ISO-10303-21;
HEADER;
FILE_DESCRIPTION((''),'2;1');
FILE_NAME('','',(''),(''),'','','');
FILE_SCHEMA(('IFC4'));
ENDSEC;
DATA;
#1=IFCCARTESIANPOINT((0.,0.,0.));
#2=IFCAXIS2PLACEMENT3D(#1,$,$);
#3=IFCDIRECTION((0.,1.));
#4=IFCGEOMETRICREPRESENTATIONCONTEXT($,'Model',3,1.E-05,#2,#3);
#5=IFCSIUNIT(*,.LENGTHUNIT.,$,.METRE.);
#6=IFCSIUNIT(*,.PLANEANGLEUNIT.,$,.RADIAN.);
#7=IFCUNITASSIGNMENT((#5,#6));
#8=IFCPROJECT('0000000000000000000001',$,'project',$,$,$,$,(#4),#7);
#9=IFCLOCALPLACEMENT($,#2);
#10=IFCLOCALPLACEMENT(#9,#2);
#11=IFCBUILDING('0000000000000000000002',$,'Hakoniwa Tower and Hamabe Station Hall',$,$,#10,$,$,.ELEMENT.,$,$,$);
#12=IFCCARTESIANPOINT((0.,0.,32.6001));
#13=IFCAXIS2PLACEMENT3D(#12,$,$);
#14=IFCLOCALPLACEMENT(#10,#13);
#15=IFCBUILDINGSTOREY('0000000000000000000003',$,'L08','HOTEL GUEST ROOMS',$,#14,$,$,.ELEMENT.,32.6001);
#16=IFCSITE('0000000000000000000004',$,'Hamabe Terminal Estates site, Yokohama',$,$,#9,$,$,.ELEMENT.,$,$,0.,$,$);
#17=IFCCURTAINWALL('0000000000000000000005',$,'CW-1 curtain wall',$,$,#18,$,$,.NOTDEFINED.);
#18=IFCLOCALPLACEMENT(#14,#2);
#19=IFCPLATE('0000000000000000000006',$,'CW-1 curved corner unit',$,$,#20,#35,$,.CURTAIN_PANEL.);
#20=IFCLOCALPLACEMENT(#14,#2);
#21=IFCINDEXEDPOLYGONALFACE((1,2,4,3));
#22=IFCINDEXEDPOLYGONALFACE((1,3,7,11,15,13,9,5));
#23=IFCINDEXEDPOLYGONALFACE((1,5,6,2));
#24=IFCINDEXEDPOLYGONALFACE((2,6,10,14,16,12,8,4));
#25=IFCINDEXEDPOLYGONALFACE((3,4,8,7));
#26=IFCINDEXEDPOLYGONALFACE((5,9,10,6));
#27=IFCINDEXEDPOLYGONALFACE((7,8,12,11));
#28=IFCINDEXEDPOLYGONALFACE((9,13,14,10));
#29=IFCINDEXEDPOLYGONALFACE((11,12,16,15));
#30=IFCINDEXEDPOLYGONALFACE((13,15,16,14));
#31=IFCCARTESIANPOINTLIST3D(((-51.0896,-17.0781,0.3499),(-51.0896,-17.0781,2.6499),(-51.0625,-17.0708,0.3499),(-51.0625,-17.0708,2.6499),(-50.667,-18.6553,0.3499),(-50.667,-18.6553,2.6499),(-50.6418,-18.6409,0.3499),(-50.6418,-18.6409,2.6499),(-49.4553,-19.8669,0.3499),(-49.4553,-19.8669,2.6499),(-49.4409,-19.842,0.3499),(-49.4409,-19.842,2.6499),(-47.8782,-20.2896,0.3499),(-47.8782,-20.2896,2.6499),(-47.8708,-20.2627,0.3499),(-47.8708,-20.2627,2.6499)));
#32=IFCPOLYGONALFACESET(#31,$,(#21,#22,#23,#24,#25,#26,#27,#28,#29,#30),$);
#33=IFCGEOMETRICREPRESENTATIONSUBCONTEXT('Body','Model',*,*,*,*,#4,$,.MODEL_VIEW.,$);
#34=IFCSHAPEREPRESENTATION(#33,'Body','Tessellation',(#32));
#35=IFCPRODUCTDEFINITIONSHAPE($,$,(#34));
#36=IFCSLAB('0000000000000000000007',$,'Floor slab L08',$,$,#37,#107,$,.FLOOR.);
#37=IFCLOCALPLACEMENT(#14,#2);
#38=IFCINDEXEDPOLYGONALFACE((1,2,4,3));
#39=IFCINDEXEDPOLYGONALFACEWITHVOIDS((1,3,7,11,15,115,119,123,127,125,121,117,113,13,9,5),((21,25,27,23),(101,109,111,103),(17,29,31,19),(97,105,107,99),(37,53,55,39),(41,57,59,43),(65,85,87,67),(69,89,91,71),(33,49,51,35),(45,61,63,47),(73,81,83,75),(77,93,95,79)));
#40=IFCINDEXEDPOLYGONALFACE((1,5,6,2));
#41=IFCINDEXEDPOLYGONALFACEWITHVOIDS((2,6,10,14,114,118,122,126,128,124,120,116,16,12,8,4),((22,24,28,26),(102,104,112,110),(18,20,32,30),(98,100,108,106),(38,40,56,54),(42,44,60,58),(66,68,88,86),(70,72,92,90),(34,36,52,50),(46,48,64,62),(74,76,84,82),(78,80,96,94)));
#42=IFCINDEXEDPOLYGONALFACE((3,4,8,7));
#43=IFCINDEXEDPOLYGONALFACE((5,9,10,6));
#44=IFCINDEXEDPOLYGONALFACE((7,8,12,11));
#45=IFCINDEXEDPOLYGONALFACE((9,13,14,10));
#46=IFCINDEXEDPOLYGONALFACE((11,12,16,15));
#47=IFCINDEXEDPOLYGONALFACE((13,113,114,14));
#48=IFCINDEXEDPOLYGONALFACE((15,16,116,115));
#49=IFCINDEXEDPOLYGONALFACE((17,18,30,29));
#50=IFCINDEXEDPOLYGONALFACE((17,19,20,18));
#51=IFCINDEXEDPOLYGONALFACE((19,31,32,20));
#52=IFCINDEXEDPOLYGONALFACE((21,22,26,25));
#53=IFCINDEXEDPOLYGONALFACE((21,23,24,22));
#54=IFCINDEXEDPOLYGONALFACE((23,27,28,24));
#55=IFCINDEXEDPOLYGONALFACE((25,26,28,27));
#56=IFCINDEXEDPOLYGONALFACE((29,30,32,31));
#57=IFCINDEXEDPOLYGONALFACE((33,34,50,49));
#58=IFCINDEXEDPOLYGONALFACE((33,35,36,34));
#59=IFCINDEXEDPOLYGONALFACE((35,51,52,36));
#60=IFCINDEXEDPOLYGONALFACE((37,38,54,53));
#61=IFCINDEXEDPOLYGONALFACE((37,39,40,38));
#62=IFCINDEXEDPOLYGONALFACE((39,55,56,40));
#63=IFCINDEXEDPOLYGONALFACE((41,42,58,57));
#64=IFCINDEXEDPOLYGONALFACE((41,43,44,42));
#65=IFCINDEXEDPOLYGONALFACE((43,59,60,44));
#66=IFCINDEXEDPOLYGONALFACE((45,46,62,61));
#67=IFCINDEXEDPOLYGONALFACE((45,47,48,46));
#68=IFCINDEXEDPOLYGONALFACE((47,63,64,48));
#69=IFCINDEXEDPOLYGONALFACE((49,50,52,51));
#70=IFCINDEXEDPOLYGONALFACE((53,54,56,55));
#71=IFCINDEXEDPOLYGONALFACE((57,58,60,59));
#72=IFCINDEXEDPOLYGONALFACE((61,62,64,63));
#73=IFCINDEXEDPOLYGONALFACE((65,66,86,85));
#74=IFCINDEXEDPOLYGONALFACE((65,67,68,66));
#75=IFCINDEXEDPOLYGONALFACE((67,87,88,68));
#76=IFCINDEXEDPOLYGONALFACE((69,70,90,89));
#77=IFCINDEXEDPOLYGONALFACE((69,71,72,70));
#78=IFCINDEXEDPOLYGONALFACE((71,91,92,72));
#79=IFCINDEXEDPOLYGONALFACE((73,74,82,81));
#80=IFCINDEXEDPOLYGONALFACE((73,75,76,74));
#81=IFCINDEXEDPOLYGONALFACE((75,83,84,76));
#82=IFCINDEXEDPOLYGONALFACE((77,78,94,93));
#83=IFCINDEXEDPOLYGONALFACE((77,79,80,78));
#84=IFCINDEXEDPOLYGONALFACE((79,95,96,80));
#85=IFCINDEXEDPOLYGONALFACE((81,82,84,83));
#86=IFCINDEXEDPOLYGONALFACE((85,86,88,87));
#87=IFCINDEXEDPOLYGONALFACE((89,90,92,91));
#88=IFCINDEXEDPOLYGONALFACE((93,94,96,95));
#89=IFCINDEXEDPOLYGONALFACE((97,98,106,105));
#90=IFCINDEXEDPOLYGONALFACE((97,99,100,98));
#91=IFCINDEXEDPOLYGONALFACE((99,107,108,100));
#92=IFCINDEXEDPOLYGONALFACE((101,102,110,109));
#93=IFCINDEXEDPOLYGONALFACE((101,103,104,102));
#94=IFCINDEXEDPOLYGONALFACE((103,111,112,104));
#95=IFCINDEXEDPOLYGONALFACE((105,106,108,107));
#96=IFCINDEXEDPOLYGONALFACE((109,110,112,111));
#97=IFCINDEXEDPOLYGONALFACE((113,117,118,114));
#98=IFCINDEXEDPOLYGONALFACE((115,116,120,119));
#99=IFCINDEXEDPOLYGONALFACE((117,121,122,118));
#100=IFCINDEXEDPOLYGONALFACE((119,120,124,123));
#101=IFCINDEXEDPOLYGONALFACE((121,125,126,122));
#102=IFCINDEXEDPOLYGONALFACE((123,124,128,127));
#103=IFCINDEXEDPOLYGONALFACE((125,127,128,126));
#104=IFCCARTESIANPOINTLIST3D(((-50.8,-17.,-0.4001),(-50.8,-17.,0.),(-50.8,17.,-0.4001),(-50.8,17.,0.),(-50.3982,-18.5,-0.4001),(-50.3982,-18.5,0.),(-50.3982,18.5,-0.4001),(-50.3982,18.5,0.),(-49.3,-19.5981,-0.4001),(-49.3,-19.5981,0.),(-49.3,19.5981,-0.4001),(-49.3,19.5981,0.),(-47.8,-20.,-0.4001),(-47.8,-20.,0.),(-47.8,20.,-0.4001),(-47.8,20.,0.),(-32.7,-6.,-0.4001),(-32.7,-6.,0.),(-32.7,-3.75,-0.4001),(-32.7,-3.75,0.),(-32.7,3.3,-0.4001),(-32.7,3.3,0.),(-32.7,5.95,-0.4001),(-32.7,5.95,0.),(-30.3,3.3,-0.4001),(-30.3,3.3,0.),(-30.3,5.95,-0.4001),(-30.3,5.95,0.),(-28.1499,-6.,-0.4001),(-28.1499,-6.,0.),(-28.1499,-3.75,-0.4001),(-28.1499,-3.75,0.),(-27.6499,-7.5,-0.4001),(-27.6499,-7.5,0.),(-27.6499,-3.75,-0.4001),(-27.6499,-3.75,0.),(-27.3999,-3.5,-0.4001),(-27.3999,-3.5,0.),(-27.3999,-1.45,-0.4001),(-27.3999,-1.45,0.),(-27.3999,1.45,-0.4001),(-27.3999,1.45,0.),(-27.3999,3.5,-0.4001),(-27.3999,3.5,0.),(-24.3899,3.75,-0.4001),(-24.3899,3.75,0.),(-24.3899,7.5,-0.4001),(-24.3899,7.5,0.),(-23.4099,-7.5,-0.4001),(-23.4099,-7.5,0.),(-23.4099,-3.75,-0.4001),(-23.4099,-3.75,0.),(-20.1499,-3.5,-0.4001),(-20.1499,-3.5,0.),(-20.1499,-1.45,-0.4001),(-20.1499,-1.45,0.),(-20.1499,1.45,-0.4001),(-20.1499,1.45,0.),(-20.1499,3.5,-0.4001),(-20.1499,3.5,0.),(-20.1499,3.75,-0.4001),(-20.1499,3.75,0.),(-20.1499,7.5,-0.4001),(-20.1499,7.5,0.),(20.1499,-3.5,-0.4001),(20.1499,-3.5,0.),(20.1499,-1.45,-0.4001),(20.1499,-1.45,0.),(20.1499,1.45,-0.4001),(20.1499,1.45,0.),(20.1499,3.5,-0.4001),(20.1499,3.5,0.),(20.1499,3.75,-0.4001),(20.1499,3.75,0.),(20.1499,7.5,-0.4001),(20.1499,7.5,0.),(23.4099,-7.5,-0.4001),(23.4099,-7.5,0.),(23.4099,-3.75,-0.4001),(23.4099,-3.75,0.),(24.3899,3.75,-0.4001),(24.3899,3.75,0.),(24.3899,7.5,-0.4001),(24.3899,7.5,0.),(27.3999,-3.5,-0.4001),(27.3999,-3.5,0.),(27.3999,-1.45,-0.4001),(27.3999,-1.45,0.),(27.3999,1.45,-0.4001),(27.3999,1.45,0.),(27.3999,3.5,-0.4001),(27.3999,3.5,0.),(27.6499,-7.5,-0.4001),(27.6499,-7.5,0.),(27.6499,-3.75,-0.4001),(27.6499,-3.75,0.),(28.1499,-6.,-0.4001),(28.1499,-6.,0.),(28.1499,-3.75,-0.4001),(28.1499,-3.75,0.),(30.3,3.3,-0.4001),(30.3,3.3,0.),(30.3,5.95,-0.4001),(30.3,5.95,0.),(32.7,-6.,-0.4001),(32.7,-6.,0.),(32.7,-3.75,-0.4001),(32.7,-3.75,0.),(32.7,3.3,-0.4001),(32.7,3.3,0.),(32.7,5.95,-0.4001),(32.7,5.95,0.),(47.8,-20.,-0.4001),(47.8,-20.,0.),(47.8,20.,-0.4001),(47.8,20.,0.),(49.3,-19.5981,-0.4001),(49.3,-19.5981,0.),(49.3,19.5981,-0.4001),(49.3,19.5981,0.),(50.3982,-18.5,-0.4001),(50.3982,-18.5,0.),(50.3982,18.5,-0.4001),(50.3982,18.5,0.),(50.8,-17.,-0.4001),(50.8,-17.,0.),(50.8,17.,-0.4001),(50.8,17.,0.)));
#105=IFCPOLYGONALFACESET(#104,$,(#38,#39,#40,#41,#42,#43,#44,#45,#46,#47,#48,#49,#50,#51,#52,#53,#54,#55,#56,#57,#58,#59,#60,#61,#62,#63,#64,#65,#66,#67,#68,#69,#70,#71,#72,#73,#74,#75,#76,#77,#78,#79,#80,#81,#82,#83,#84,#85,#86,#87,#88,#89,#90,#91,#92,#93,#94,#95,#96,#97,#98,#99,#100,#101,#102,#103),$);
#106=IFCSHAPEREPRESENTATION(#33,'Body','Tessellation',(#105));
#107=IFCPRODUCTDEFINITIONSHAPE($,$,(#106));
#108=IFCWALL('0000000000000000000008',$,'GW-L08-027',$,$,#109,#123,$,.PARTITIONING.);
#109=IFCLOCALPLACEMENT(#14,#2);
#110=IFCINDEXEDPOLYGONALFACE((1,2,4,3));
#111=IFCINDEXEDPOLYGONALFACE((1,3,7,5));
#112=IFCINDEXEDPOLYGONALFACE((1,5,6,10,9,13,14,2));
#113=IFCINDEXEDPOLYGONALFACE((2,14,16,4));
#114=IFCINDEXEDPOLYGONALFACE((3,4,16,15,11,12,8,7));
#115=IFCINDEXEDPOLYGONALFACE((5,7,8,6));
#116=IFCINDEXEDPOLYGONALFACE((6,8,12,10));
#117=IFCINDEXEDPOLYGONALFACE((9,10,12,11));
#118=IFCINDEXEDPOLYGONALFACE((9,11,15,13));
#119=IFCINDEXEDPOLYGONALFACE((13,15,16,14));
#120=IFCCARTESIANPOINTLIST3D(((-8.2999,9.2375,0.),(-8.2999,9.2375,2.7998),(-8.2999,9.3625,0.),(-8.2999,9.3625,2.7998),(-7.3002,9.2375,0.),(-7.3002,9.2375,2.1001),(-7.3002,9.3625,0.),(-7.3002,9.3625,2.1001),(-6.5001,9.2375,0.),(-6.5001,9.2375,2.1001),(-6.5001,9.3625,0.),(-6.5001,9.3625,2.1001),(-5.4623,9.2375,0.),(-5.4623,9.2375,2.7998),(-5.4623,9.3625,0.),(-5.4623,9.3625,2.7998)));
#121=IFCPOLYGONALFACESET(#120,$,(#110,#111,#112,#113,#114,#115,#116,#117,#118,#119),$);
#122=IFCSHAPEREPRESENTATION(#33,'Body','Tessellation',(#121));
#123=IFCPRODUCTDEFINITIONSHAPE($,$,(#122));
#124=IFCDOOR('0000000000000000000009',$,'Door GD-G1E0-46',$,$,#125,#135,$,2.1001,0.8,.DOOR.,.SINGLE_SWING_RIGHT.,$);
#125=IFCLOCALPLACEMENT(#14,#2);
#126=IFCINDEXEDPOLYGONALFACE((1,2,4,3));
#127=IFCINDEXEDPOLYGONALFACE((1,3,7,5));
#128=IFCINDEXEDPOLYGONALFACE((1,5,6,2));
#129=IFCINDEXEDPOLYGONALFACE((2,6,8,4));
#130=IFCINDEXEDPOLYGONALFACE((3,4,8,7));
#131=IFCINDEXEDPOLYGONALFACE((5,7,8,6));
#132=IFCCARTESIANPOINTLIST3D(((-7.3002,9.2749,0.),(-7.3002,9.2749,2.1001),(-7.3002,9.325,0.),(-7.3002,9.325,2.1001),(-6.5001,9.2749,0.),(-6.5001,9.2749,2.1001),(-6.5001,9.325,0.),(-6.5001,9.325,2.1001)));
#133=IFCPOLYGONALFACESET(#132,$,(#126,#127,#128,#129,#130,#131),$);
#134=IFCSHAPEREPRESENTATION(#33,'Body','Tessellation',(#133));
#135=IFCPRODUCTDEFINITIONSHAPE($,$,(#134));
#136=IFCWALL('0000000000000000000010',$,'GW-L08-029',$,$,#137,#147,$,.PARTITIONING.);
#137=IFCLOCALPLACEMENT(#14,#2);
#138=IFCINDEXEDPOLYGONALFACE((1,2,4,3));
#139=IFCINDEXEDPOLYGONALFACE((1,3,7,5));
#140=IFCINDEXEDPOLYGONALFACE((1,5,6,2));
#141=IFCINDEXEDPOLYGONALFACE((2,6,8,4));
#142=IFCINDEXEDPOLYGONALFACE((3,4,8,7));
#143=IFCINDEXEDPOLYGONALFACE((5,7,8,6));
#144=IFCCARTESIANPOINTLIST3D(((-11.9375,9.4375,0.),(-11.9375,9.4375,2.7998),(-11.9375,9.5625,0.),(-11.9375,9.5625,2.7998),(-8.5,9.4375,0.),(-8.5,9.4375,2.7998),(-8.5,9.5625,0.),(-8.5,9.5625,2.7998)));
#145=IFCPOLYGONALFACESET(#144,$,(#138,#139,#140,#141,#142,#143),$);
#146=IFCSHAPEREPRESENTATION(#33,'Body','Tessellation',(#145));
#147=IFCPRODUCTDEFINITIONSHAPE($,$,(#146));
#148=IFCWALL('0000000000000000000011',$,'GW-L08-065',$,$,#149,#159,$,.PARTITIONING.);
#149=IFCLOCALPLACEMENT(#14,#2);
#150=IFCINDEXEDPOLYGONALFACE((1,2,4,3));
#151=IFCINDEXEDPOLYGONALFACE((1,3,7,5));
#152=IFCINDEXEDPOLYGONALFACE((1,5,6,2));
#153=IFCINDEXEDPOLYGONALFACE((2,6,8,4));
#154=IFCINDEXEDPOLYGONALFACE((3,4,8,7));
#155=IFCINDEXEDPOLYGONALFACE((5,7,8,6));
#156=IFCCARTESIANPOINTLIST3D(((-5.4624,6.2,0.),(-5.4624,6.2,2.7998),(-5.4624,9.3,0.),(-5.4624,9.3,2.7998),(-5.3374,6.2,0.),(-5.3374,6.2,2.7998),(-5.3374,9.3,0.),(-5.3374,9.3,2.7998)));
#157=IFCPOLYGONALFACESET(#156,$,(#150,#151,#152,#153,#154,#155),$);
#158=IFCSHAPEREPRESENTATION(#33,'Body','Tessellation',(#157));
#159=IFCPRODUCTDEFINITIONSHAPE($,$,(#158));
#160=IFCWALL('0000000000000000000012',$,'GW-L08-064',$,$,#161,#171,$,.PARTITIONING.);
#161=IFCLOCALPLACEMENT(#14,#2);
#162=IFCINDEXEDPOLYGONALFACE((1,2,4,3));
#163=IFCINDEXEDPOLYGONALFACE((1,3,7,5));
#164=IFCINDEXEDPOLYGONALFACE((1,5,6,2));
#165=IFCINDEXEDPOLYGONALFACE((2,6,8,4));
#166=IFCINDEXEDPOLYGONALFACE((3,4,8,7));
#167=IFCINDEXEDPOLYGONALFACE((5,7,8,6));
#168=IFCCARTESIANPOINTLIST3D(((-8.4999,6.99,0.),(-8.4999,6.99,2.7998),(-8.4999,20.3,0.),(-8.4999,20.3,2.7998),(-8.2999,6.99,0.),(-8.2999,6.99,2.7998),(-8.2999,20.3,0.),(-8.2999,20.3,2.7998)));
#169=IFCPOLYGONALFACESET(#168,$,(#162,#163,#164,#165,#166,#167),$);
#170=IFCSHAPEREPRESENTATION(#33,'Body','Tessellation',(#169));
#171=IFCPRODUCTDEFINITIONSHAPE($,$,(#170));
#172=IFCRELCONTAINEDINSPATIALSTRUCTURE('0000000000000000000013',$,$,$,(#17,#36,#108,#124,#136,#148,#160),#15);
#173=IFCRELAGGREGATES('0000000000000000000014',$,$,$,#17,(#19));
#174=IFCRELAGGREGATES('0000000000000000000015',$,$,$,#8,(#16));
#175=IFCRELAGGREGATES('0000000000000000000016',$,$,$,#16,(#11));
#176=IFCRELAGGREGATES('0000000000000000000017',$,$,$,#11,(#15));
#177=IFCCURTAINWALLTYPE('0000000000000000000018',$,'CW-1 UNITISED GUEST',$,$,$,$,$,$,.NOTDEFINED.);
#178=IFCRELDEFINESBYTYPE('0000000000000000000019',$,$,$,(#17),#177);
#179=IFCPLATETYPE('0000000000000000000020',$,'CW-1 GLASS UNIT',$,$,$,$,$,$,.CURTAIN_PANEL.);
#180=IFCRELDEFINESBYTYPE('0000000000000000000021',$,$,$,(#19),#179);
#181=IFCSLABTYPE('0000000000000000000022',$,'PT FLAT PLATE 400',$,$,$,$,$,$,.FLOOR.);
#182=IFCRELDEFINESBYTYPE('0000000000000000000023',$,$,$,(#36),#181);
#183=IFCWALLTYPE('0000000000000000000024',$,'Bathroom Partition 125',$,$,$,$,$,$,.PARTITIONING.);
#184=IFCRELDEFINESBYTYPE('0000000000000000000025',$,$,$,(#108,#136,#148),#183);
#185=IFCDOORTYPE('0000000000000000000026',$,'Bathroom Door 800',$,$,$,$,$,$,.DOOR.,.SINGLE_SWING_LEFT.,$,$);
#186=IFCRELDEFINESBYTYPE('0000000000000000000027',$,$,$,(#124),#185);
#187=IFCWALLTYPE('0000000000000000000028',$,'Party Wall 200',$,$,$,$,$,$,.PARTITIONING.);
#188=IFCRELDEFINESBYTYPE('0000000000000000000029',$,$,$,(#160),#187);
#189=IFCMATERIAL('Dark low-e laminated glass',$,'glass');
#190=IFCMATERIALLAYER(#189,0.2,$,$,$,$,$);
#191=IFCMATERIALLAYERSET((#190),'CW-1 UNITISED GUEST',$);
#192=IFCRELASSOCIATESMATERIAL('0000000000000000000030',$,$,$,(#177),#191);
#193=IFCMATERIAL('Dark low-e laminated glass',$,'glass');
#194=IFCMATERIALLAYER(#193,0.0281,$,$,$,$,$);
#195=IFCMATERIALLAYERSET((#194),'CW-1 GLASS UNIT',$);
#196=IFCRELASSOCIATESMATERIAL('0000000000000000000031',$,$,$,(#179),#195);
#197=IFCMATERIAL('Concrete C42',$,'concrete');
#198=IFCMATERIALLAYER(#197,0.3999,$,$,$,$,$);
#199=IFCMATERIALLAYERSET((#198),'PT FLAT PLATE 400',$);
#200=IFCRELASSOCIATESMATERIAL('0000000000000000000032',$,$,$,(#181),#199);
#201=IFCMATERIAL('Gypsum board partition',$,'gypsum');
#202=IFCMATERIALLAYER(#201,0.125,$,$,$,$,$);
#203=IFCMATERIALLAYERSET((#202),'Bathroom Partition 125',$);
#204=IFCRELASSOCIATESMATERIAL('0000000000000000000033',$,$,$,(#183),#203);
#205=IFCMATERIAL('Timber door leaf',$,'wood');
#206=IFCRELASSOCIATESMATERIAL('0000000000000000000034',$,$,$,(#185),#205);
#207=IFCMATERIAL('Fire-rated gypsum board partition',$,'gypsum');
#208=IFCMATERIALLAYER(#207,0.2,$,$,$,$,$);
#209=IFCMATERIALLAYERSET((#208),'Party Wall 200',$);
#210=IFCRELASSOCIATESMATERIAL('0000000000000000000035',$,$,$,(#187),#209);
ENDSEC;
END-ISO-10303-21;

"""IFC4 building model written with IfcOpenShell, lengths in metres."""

from ifc_helpers import new_model, si_unit, direction, frame, frame_2d, origin, place, context, subcontext, project, spatial, polyline, rectangle, outline, extrude, material, layer, layer_set, type_object, element, fill, aggregate, save


model = new_model("IFC4")

# Units and contexts
model_context = context("Model", 3, precision=1e-05, world=origin(), true_north=direction((0.0, 1.0)))
body_context = subcontext(model_context, "Body", "Model", "MODEL_VIEW")
ifc_project = project(units=[si_unit("LENGTHUNIT", "METRE"), si_unit("PLANEANGLEUNIT", "RADIAN")], contexts=[model_context])

# Site, building, storey
site_placement = place(None, origin())
site = spatial("IfcSite", under=ifc_project, at=site_placement, Name="Hamabe Terminal Estates site, Yokohama", CompositionType="ELEMENT", RefElevation=0.0)
building_placement = place(site_placement, origin())
building = spatial("IfcBuilding", under=site, at=building_placement, Name="Hakoniwa Tower and Hamabe Station Hall", CompositionType="ELEMENT")
storey_placement = place(building_placement, frame((0.0, 0.0, 32.6001)))
storey = spatial("IfcBuildingStorey", under=building, at=storey_placement, Name="L08", Description="HOTEL GUEST ROOMS", CompositionType="ELEMENT", Elevation=32.6001)

# Curtain wall
ifc_material_1 = material(Name="Dark low-e laminated glass", Category="glass")
ifc_layer_1 = layer(ifc_material_1, 0.2)
ifc_layer_set_1 = layer_set([ifc_layer_1], Name="CW-1 UNITISED GUEST")
curtain_wall_type = type_object("IfcCurtainWallType", Name="CW-1 UNITISED GUEST", PredefinedType="NOTDEFINED", material=ifc_layer_set_1)
curtain_wall_1_placement = place(storey_placement, origin())
curtain_wall_1 = element("IfcCurtainWall", 1, at=curtain_wall_1_placement, inside=storey, type_object=curtain_wall_type, Name="CW-1 curtain wall", PredefinedType="NOTDEFINED")

# Plate
ifc_material_2 = material(Name="Dark low-e laminated glass", Category="glass")
ifc_layer_2 = layer(ifc_material_2, 0.0281)
ifc_layer_set_2 = layer_set([ifc_layer_2], Name="CW-1 GLASS UNIT")
plate_type = type_object("IfcPlateType", Name="CW-1 GLASS UNIT", PredefinedType="CURTAIN_PANEL", material=ifc_layer_set_2)
plate_1_placement = place(storey_placement, frame((0.0, 0.0, 0.3499)))
plate_1 = element("IfcPlate", 2, at=plate_1_placement, type_object=plate_type, Name="CW-1 curved corner unit", PredefinedType="CURTAIN_PANEL", context=body_context, shape_type="SweptSolid", body=[
    extrude(outline(polyline([(-51.0896, -17.0781), (-50.667, -18.6553), (-49.4553, -19.8669), (-47.8782, -20.2896), (-47.8708, -20.2627), (-49.4409, -19.842), (-50.6418, -18.6409), (-51.0625, -17.0708), (-51.0896, -17.0781)])), origin(), (0.0, 0.0, 1.0), 2.3),
])
aggregate(curtain_wall_1, [plate_1])

# Slab
ifc_material_3 = material(Name="Concrete C42", Category="concrete")
ifc_layer_3 = layer(ifc_material_3, 0.3999)
ifc_layer_set_3 = layer_set([ifc_layer_3], Name="PT FLAT PLATE 400")
slab_type = type_object("IfcSlabType", Name="PT FLAT PLATE 400", PredefinedType="FLOOR", material=ifc_layer_set_3)
slab_placement = place(storey_placement, frame((0.0, 0.0, -0.4001)))
element("IfcSlab", 3, at=slab_placement, inside=storey, type_object=slab_type, Name="Floor slab L08", PredefinedType="FLOOR", context=body_context, shape_type="SweptSolid", body=[
    extrude(outline(polyline([(50.8, -17.0), (50.8, 17.0), (50.3982, 18.5), (49.3, 19.5981), (47.8, 20.0), (-47.8, 20.0), (-49.3, 19.5981), (-50.3982, 18.5), (-50.8, 17.0), (-50.8, -17.0), (-50.3982, -18.5), (-49.3, -19.5981), (-47.8, -20.0), (47.8, -20.0), (49.3, -19.5981), (50.3982, -18.5), (50.8, -17.0)]), holes=[polyline([(-27.3999, 1.45), (-27.3999, 3.5), (-20.1499, 3.5), (-20.1499, 1.45), (-27.3999, 1.45)]), polyline([(-27.3999, -3.5), (-27.3999, -1.45), (-20.1499, -1.45), (-20.1499, -3.5), (-27.3999, -3.5)]), polyline([(-32.7, 3.3), (-32.7, 5.95), (-30.3, 5.95), (-30.3, 3.3), (-32.7, 3.3)]), polyline([(-32.7, -6.0), (-32.7, -3.75), (-28.1499, -3.75), (-28.1499, -6.0), (-32.7, -6.0)]), polyline([(-24.3899, 3.75), (-24.3899, 7.5), (-20.1499, 7.5), (-20.1499, 3.75), (-24.3899, 3.75)]), polyline([(-27.6499, -7.5), (-27.6499, -3.75), (-23.4099, -3.75), (-23.4099, -7.5), (-27.6499, -7.5)]), polyline([(20.1499, 1.45), (20.1499, 3.5), (27.3999, 3.5), (27.3999, 1.45), (20.1499, 1.45)]), polyline([(20.1499, -3.5), (20.1499, -1.45), (27.3999, -1.45), (27.3999, -3.5), (20.1499, -3.5)]), polyline([(30.3, 3.3), (30.3, 5.95), (32.7, 5.95), (32.7, 3.3), (30.3, 3.3)]), polyline([(28.1499, -6.0), (28.1499, -3.75), (32.7, -3.75), (32.7, -6.0), (28.1499, -6.0)]), polyline([(20.1499, 3.75), (20.1499, 7.5), (24.3899, 7.5), (24.3899, 3.75), (20.1499, 3.75)]), polyline([(23.4099, -7.5), (23.4099, -3.75), (27.6499, -3.75), (27.6499, -7.5), (23.4099, -7.5)])]), origin(), (0.0, 0.0, 1.0), 0.4001),
])

# Wall, opening, door
ifc_material_4 = material(Name="Gypsum board partition", Category="gypsum")
ifc_layer_4 = layer(ifc_material_4, 0.125)
ifc_layer_set_4 = layer_set([ifc_layer_4], Name="Bathroom Partition 125")
wall_type_1 = type_object("IfcWallType", Name="Bathroom Partition 125", PredefinedType="PARTITIONING", material=ifc_layer_set_4)
wall_1_placement = place(storey_placement, frame((-8.3, 9.3, 0.0), z_axis=(0.0, 0.0, 1.0), x_axis=(1.0, 0.0, 0.0)))
wall_1 = element("IfcWall", 4, at=wall_1_placement, inside=storey, type_object=wall_type_1, Name="GW-L08-027", PredefinedType="PARTITIONING", context=body_context, shape_type="SweptSolid", body=[
    extrude(rectangle(XDim=2.8376, YDim=0.125, at=frame_2d((1.4189, 0.0))), origin(), (0.0, 0.0, 1.0), 2.7998),
])
opening_1_placement = place(wall_1_placement, frame((1.0, 0.0, 0.0)))
opening_1 = element("IfcOpeningElement", 5, at=opening_1_placement, cuts=wall_1, PredefinedType="OPENING", context=body_context, shape_type="SweptSolid", body=[
    extrude(rectangle(XDim=0.8, YDim=2.1001, at=frame_2d((0.3999, 1.05))), frame((0.0, 0.0725, 0.0), z_axis=(0.0, -1.0, 0.0), x_axis=(1.0, 0.0, 0.0)), (0.0, 0.0, 1.0), 0.145),
])
ifc_material_5 = material(Name="Timber door leaf", Category="wood")
door_type_1 = type_object("IfcDoorType", Name="Bathroom Door 800", OperationType="SINGLE_SWING_LEFT", PredefinedType="DOOR", material=ifc_material_5)
door_1_placement = place(opening_1_placement, origin())
door_1 = element("IfcDoor", 6, at=door_1_placement, inside=storey, type_object=door_type_1, Name="Door GD-G1E0-46", OperationType="SINGLE_SWING_RIGHT", OverallHeight=2.1001, OverallWidth=0.8, PredefinedType="DOOR", context=body_context, shape_type="SweptSolid", body=[
    extrude(rectangle(XDim=0.8, YDim=2.1001, at=frame_2d((0.3999, 1.05))), frame((0.0, 0.0249, 0.0), z_axis=(0.0, -1.0, 0.0), x_axis=(1.0, 0.0, 0.0)), (0.0, 0.0, 1.0), 0.05),
])
fill(opening_1, door_1)

# Walls
wall_2_placement = place(storey_placement, frame((-11.9375, 9.5, 0.0), z_axis=(0.0, 0.0, 1.0), x_axis=(1.0, 0.0, 0.0)))
element("IfcWall", 7, at=wall_2_placement, inside=storey, type_object=wall_type_1, Name="GW-L08-029", PredefinedType="PARTITIONING", context=body_context, shape_type="SweptSolid", body=[
    extrude(rectangle(XDim=3.4375, YDim=0.125, at=frame_2d((1.7188, 0.0))), origin(), (0.0, 0.0, 1.0), 2.7998),
])
wall_3_placement = place(storey_placement, frame((-5.3999, 6.2, 0.0), z_axis=(0.0, 0.0, 1.0), x_axis=(0.0, 1.0, 0.0)))
element("IfcWall", 8, at=wall_3_placement, inside=storey, type_object=wall_type_1, Name="GW-L08-065", PredefinedType="PARTITIONING", context=body_context, shape_type="SweptSolid", body=[
    extrude(rectangle(XDim=3.1001, YDim=0.125, at=frame_2d((1.55, 0.0))), origin(), (0.0, 0.0, 1.0), 2.7998),
])
ifc_material_6 = material(Name="Fire-rated gypsum board partition", Category="gypsum")
ifc_layer_5 = layer(ifc_material_6, 0.2)
ifc_layer_set_5 = layer_set([ifc_layer_5], Name="Party Wall 200")
wall_type_2 = type_object("IfcWallType", Name="Party Wall 200", PredefinedType="PARTITIONING", material=ifc_layer_set_5)
wall_4_placement = place(storey_placement, frame((-8.3999, 6.99, 0.0), z_axis=(0.0, 0.0, 1.0), x_axis=(0.0, 1.0, 0.0)))
element("IfcWall", 9, at=wall_4_placement, inside=storey, type_object=wall_type_2, Name="GW-L08-064", PredefinedType="PARTITIONING", context=body_context, shape_type="SweptSolid", body=[
    extrude(rectangle(XDim=13.3101, YDim=0.2, at=frame_2d((6.655, 0.0))), origin(), (0.0, 0.0, 1.0), 2.7998),
])

save(model, "model.ifc")
